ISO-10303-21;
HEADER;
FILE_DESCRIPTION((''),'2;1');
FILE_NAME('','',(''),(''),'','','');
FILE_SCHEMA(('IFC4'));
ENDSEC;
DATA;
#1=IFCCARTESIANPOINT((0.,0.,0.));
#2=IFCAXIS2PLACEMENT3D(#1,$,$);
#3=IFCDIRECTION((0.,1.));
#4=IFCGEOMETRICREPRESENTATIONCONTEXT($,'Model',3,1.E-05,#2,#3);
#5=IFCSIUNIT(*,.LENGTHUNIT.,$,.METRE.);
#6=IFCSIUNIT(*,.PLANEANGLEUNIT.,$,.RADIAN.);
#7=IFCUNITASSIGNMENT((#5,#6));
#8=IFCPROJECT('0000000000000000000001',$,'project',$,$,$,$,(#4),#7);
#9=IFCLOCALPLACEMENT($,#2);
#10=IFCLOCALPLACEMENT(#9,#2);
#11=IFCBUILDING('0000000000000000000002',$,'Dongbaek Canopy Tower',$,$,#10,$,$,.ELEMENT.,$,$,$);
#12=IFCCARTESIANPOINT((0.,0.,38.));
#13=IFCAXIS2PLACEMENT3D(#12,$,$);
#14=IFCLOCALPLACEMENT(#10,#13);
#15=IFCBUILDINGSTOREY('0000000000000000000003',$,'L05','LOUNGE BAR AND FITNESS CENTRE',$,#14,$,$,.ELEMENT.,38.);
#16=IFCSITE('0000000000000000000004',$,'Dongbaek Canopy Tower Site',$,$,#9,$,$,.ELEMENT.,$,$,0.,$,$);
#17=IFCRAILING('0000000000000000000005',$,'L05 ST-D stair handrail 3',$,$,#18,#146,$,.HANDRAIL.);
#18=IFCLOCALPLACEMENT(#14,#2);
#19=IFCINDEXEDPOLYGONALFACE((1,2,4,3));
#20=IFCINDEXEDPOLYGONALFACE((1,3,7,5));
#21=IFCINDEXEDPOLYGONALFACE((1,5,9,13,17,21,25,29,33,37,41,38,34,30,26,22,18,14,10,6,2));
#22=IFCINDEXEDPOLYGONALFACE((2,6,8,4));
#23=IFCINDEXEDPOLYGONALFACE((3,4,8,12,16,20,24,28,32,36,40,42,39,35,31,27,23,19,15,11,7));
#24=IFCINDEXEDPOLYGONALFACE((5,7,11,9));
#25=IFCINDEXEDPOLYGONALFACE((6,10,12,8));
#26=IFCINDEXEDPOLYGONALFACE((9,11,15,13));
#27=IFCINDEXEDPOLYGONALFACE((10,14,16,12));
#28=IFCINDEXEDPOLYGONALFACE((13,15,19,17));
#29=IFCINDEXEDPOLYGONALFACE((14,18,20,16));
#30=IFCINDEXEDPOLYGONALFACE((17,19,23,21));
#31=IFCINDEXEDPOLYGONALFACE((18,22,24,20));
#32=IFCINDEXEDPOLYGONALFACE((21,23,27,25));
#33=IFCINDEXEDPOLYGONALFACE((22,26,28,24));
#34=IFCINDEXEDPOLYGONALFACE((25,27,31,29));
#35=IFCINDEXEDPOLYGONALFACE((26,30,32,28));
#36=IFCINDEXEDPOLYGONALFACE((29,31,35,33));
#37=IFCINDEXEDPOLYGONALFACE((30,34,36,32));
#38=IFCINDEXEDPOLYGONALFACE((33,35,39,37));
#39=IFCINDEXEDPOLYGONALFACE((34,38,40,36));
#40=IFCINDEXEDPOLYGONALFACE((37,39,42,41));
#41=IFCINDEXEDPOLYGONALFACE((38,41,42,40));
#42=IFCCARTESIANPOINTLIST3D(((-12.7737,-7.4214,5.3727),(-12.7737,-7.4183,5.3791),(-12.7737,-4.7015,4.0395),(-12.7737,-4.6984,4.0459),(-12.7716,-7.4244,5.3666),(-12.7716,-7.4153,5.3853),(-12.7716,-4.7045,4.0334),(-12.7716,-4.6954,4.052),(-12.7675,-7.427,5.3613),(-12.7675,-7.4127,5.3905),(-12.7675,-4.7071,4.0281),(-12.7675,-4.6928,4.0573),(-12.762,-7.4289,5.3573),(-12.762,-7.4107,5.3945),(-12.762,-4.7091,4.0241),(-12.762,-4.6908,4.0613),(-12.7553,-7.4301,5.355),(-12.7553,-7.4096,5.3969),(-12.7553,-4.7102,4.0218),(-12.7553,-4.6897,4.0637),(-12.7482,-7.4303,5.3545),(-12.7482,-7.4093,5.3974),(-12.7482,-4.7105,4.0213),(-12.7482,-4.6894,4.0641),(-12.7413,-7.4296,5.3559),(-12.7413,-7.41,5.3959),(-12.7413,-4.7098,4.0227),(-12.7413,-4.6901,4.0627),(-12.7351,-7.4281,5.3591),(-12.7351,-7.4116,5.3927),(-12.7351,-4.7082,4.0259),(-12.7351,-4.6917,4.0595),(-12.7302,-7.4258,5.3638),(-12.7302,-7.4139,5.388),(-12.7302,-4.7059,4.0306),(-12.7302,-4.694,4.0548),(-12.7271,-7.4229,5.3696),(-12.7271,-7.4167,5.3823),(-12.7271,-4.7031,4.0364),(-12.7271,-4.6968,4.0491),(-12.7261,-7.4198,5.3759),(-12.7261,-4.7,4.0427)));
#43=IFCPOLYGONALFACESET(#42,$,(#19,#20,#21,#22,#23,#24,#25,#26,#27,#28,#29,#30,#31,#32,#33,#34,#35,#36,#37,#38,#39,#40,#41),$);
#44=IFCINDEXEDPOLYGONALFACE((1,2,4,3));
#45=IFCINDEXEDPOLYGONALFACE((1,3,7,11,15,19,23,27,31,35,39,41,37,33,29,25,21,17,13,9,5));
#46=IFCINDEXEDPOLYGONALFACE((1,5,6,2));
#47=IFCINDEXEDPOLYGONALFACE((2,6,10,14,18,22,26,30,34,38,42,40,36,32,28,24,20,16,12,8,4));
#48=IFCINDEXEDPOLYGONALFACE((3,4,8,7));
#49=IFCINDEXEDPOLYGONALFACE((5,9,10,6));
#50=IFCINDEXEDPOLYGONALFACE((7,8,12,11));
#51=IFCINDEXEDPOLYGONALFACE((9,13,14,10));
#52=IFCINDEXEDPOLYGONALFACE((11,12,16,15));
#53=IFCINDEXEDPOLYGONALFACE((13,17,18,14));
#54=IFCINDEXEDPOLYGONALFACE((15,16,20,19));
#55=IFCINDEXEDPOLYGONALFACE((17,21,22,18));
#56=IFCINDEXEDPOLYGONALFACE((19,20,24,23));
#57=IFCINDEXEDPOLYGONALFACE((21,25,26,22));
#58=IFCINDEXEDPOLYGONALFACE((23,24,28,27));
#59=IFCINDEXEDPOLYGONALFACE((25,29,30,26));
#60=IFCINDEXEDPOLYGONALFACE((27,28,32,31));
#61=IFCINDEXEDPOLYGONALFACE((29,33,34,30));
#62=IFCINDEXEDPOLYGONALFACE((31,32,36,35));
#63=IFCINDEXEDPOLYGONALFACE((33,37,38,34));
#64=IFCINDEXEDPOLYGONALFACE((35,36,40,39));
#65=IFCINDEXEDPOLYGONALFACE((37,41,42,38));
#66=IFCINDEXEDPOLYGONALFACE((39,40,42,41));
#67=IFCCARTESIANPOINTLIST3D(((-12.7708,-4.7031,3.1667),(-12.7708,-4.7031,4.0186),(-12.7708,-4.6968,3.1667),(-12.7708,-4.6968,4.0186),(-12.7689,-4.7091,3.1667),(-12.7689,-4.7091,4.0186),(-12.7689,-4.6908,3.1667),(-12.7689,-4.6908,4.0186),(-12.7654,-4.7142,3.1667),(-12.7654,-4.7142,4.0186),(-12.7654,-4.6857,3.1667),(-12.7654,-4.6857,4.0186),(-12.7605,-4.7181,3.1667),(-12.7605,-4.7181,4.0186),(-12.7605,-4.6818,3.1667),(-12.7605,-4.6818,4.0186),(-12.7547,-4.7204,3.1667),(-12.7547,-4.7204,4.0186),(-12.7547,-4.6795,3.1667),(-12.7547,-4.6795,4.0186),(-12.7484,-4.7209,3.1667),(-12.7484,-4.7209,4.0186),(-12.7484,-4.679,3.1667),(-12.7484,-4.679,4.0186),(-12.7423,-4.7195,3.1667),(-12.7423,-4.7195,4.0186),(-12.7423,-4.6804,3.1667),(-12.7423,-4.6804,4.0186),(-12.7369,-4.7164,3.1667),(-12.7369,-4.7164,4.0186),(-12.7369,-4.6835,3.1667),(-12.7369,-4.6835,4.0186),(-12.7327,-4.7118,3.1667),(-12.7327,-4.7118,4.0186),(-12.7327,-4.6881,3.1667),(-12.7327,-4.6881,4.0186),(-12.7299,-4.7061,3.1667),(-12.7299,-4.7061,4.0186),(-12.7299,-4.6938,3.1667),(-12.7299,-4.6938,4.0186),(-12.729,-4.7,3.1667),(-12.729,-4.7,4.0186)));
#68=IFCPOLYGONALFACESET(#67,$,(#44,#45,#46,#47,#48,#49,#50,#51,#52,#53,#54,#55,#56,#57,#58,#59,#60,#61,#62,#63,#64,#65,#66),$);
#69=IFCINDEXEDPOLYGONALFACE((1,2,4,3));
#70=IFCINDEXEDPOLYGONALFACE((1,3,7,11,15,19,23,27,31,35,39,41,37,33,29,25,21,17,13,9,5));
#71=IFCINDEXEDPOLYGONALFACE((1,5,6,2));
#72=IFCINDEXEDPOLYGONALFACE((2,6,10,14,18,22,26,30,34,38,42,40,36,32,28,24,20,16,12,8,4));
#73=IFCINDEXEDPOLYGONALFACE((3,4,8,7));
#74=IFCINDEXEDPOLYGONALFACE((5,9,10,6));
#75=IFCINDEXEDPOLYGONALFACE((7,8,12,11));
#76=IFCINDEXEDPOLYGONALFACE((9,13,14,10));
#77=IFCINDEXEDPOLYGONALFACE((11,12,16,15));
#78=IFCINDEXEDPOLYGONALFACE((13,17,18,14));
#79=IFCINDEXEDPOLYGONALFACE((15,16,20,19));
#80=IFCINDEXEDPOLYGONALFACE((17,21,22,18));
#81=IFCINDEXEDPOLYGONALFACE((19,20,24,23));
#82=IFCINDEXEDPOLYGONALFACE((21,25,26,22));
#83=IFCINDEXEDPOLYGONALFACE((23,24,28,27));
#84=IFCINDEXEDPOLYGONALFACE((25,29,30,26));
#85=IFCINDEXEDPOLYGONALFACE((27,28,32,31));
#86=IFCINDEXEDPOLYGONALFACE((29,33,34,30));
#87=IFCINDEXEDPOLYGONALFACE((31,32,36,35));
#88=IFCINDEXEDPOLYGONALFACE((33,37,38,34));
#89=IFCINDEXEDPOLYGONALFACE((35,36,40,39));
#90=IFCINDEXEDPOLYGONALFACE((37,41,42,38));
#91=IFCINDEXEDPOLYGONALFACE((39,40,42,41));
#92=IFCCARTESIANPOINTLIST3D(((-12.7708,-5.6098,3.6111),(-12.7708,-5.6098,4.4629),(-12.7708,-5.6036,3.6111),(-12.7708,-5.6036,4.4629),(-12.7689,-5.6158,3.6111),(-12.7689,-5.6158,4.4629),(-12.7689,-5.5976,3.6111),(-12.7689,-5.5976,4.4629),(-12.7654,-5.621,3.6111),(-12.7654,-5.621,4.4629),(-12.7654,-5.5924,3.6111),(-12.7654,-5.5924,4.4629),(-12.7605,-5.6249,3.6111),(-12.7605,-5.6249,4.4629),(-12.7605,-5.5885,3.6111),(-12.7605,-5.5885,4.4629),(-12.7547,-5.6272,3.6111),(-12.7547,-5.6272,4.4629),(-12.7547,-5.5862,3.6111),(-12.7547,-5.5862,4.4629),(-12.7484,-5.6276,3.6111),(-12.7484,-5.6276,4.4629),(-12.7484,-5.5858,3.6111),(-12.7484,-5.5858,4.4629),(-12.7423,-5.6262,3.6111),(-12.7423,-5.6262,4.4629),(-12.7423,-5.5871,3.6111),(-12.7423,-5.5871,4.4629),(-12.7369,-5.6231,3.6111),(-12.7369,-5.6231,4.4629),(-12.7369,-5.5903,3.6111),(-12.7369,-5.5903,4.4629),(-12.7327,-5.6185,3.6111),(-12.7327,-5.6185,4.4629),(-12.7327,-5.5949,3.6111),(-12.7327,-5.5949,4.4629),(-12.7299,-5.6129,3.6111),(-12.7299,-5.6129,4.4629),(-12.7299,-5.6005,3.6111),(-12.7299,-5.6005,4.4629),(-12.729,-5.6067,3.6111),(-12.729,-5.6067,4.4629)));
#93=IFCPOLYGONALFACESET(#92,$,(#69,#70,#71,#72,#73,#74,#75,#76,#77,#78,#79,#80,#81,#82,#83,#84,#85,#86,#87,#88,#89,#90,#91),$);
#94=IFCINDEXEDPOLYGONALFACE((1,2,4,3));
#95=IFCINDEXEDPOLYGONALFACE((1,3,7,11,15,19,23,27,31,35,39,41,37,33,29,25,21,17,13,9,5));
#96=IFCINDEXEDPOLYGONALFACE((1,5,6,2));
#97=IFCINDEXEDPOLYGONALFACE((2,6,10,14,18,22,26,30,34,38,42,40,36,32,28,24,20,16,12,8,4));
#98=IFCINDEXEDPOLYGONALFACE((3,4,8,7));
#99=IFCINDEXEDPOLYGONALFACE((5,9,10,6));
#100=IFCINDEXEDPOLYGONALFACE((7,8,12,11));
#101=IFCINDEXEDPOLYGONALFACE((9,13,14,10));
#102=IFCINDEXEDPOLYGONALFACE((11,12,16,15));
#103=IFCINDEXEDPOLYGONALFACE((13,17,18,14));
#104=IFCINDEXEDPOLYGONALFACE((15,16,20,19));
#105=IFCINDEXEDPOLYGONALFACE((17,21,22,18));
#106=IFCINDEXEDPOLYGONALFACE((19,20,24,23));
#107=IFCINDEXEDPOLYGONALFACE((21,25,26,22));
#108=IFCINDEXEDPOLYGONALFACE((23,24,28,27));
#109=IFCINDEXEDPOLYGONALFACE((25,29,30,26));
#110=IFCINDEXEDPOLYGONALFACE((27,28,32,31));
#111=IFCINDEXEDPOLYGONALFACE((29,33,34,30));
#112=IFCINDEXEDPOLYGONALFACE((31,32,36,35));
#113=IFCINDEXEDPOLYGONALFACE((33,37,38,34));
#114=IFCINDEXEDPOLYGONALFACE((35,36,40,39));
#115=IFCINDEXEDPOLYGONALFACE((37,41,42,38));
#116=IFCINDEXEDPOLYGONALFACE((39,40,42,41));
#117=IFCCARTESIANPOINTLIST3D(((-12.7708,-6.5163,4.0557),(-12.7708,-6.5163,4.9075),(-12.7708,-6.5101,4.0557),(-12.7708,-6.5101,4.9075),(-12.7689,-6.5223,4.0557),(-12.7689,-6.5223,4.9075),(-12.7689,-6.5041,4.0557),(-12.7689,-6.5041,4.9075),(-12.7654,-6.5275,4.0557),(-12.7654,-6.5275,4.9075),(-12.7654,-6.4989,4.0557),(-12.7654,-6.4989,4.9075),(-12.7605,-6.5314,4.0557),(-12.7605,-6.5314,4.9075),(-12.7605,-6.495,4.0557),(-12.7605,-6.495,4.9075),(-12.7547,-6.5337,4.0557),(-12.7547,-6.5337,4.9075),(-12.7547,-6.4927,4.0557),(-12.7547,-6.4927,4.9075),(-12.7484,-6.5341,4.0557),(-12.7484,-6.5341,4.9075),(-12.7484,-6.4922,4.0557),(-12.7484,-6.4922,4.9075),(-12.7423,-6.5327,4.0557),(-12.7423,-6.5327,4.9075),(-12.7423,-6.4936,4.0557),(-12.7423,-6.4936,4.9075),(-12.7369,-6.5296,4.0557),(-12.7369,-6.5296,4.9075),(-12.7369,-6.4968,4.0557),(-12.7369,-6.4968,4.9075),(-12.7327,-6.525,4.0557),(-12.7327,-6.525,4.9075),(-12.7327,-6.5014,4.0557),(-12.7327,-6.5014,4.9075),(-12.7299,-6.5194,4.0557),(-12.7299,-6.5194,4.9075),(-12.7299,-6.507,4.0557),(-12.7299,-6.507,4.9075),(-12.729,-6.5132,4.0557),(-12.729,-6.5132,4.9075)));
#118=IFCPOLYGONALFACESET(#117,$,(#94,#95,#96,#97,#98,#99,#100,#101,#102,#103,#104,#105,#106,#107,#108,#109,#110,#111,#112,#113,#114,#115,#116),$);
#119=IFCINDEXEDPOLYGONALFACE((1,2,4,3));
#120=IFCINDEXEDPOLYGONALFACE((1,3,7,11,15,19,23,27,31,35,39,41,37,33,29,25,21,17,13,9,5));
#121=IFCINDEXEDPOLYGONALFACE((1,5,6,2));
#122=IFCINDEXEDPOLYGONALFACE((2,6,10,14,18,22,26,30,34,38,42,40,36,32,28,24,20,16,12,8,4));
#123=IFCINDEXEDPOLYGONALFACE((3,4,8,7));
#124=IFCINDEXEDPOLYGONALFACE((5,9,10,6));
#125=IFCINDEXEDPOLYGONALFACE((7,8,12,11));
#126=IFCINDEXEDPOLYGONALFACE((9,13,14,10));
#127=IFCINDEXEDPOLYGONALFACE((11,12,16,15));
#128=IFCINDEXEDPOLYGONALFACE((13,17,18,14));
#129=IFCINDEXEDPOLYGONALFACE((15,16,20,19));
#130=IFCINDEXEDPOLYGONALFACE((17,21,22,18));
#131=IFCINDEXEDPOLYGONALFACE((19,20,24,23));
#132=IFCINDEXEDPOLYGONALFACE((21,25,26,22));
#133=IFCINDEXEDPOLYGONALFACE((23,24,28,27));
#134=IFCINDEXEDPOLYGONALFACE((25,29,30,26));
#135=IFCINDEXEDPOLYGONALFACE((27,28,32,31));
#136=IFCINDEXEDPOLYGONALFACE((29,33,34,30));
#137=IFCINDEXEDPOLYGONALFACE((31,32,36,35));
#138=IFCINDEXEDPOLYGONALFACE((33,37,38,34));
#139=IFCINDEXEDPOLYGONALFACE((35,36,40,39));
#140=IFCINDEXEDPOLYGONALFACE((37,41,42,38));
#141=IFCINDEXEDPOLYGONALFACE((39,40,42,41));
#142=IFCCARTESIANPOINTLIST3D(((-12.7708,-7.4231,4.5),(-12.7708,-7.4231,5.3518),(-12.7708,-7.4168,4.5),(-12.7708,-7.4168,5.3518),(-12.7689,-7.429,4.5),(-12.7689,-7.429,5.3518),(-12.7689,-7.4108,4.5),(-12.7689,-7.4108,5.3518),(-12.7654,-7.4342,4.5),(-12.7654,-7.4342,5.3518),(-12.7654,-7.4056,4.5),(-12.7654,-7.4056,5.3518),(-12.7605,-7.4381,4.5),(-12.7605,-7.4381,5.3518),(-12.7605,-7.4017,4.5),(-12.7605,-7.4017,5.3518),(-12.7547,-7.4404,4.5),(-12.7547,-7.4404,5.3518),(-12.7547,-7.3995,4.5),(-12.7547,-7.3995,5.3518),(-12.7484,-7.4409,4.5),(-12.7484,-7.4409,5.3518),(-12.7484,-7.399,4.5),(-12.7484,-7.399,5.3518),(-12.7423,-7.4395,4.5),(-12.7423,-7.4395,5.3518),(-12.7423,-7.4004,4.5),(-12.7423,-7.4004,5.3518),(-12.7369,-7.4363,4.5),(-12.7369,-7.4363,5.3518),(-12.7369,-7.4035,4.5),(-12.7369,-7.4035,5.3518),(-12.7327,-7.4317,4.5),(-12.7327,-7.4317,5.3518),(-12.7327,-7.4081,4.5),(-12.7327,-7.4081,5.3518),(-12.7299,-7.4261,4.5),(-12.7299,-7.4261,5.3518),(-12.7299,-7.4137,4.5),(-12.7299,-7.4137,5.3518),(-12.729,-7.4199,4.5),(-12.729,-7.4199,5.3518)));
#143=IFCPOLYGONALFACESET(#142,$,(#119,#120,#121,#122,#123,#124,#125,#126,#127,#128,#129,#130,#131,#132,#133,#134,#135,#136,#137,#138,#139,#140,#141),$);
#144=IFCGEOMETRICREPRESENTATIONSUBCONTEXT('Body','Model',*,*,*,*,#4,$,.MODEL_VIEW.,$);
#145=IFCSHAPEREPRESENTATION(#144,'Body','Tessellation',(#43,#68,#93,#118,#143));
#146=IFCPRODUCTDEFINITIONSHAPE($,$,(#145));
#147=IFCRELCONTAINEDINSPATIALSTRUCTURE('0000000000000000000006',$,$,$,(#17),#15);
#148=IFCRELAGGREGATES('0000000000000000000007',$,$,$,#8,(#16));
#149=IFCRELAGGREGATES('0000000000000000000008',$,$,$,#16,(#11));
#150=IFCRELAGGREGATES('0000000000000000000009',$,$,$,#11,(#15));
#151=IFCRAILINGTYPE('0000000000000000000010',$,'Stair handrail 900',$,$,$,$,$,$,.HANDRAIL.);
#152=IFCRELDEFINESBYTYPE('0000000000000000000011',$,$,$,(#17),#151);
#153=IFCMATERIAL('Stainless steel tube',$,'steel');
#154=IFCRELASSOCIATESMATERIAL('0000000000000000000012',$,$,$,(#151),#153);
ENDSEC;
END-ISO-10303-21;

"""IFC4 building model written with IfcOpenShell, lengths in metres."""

from ifc_helpers import new_model, si_unit, direction, frame, origin, origin_2d, place, context, subcontext, project, spatial, circle, extrude, material, type_object, element, save


model = new_model("IFC4")

# Units and contexts
model_context = context("Model", 3, precision=1e-05, world=origin(), true_north=direction((0.0, 1.0)))
body_context = subcontext(model_context, "Body", "Model", "MODEL_VIEW")
ifc_project = project(units=[si_unit("LENGTHUNIT", "METRE"), si_unit("PLANEANGLEUNIT", "RADIAN")], contexts=[model_context])

# Site, building, storey
site_placement = place(None, origin())
site = spatial("IfcSite", under=ifc_project, at=site_placement, Name="Dongbaek Canopy Tower Site", CompositionType="ELEMENT", RefElevation=0.0)
building_placement = place(site_placement, origin())
building = spatial("IfcBuilding", under=site, at=building_placement, Name="Dongbaek Canopy Tower", CompositionType="ELEMENT")
storey_placement = place(building_placement, frame((0.0, 0.0, 38.0)))
storey = spatial("IfcBuildingStorey", under=building, at=storey_placement, Name="L05", Description="LOUNGE BAR AND FITNESS CENTRE", CompositionType="ELEMENT", Elevation=38.0)

# Railing
ifc_material_1 = material(Name="Stainless steel tube", Category="steel")
railing_type_1 = type_object("IfcRailingType", Name="Stair handrail 900", PredefinedType="HANDRAIL", material=ifc_material_1)
railing_1_placement = place(storey_placement, frame((-12.75, -4.7, 3.1667)))
element("IfcRailing", 1, at=railing_1_placement, inside=storey, type_object=railing_type_1, Name="L05 ST-D stair handrail 3", PredefinedType="HANDRAIL", context=body_context, shape_type="SweptSolid", body=[
    extrude(circle(Radius=0.0239, at=origin_2d()), frame((0.0, 0.0, 0.876), z_axis=(0.0, -0.897929, 0.440139), x_axis=(1.0, 0.0, 0.0)), (0.0, 0.0, 1.0), 3.0291),
    extrude(circle(Radius=0.021, at=origin_2d()), origin(), (0.0, 0.0, 1.0), 0.8518),
    extrude(circle(Radius=0.021, at=origin_2d()), frame((0.0, -0.9067, 0.4443)), (0.0, 0.0, 1.0), 0.8518),
    extrude(circle(Radius=0.021, at=origin_2d()), frame((0.0, -1.8132, 0.8889)), (0.0, 0.0, 1.0), 0.8518),
    extrude(circle(Radius=0.021, at=origin_2d()), frame((0.0, -2.72, 1.3333)), (0.0, 0.0, 1.0), 0.8518),
])

save(model, "model.ifc")
